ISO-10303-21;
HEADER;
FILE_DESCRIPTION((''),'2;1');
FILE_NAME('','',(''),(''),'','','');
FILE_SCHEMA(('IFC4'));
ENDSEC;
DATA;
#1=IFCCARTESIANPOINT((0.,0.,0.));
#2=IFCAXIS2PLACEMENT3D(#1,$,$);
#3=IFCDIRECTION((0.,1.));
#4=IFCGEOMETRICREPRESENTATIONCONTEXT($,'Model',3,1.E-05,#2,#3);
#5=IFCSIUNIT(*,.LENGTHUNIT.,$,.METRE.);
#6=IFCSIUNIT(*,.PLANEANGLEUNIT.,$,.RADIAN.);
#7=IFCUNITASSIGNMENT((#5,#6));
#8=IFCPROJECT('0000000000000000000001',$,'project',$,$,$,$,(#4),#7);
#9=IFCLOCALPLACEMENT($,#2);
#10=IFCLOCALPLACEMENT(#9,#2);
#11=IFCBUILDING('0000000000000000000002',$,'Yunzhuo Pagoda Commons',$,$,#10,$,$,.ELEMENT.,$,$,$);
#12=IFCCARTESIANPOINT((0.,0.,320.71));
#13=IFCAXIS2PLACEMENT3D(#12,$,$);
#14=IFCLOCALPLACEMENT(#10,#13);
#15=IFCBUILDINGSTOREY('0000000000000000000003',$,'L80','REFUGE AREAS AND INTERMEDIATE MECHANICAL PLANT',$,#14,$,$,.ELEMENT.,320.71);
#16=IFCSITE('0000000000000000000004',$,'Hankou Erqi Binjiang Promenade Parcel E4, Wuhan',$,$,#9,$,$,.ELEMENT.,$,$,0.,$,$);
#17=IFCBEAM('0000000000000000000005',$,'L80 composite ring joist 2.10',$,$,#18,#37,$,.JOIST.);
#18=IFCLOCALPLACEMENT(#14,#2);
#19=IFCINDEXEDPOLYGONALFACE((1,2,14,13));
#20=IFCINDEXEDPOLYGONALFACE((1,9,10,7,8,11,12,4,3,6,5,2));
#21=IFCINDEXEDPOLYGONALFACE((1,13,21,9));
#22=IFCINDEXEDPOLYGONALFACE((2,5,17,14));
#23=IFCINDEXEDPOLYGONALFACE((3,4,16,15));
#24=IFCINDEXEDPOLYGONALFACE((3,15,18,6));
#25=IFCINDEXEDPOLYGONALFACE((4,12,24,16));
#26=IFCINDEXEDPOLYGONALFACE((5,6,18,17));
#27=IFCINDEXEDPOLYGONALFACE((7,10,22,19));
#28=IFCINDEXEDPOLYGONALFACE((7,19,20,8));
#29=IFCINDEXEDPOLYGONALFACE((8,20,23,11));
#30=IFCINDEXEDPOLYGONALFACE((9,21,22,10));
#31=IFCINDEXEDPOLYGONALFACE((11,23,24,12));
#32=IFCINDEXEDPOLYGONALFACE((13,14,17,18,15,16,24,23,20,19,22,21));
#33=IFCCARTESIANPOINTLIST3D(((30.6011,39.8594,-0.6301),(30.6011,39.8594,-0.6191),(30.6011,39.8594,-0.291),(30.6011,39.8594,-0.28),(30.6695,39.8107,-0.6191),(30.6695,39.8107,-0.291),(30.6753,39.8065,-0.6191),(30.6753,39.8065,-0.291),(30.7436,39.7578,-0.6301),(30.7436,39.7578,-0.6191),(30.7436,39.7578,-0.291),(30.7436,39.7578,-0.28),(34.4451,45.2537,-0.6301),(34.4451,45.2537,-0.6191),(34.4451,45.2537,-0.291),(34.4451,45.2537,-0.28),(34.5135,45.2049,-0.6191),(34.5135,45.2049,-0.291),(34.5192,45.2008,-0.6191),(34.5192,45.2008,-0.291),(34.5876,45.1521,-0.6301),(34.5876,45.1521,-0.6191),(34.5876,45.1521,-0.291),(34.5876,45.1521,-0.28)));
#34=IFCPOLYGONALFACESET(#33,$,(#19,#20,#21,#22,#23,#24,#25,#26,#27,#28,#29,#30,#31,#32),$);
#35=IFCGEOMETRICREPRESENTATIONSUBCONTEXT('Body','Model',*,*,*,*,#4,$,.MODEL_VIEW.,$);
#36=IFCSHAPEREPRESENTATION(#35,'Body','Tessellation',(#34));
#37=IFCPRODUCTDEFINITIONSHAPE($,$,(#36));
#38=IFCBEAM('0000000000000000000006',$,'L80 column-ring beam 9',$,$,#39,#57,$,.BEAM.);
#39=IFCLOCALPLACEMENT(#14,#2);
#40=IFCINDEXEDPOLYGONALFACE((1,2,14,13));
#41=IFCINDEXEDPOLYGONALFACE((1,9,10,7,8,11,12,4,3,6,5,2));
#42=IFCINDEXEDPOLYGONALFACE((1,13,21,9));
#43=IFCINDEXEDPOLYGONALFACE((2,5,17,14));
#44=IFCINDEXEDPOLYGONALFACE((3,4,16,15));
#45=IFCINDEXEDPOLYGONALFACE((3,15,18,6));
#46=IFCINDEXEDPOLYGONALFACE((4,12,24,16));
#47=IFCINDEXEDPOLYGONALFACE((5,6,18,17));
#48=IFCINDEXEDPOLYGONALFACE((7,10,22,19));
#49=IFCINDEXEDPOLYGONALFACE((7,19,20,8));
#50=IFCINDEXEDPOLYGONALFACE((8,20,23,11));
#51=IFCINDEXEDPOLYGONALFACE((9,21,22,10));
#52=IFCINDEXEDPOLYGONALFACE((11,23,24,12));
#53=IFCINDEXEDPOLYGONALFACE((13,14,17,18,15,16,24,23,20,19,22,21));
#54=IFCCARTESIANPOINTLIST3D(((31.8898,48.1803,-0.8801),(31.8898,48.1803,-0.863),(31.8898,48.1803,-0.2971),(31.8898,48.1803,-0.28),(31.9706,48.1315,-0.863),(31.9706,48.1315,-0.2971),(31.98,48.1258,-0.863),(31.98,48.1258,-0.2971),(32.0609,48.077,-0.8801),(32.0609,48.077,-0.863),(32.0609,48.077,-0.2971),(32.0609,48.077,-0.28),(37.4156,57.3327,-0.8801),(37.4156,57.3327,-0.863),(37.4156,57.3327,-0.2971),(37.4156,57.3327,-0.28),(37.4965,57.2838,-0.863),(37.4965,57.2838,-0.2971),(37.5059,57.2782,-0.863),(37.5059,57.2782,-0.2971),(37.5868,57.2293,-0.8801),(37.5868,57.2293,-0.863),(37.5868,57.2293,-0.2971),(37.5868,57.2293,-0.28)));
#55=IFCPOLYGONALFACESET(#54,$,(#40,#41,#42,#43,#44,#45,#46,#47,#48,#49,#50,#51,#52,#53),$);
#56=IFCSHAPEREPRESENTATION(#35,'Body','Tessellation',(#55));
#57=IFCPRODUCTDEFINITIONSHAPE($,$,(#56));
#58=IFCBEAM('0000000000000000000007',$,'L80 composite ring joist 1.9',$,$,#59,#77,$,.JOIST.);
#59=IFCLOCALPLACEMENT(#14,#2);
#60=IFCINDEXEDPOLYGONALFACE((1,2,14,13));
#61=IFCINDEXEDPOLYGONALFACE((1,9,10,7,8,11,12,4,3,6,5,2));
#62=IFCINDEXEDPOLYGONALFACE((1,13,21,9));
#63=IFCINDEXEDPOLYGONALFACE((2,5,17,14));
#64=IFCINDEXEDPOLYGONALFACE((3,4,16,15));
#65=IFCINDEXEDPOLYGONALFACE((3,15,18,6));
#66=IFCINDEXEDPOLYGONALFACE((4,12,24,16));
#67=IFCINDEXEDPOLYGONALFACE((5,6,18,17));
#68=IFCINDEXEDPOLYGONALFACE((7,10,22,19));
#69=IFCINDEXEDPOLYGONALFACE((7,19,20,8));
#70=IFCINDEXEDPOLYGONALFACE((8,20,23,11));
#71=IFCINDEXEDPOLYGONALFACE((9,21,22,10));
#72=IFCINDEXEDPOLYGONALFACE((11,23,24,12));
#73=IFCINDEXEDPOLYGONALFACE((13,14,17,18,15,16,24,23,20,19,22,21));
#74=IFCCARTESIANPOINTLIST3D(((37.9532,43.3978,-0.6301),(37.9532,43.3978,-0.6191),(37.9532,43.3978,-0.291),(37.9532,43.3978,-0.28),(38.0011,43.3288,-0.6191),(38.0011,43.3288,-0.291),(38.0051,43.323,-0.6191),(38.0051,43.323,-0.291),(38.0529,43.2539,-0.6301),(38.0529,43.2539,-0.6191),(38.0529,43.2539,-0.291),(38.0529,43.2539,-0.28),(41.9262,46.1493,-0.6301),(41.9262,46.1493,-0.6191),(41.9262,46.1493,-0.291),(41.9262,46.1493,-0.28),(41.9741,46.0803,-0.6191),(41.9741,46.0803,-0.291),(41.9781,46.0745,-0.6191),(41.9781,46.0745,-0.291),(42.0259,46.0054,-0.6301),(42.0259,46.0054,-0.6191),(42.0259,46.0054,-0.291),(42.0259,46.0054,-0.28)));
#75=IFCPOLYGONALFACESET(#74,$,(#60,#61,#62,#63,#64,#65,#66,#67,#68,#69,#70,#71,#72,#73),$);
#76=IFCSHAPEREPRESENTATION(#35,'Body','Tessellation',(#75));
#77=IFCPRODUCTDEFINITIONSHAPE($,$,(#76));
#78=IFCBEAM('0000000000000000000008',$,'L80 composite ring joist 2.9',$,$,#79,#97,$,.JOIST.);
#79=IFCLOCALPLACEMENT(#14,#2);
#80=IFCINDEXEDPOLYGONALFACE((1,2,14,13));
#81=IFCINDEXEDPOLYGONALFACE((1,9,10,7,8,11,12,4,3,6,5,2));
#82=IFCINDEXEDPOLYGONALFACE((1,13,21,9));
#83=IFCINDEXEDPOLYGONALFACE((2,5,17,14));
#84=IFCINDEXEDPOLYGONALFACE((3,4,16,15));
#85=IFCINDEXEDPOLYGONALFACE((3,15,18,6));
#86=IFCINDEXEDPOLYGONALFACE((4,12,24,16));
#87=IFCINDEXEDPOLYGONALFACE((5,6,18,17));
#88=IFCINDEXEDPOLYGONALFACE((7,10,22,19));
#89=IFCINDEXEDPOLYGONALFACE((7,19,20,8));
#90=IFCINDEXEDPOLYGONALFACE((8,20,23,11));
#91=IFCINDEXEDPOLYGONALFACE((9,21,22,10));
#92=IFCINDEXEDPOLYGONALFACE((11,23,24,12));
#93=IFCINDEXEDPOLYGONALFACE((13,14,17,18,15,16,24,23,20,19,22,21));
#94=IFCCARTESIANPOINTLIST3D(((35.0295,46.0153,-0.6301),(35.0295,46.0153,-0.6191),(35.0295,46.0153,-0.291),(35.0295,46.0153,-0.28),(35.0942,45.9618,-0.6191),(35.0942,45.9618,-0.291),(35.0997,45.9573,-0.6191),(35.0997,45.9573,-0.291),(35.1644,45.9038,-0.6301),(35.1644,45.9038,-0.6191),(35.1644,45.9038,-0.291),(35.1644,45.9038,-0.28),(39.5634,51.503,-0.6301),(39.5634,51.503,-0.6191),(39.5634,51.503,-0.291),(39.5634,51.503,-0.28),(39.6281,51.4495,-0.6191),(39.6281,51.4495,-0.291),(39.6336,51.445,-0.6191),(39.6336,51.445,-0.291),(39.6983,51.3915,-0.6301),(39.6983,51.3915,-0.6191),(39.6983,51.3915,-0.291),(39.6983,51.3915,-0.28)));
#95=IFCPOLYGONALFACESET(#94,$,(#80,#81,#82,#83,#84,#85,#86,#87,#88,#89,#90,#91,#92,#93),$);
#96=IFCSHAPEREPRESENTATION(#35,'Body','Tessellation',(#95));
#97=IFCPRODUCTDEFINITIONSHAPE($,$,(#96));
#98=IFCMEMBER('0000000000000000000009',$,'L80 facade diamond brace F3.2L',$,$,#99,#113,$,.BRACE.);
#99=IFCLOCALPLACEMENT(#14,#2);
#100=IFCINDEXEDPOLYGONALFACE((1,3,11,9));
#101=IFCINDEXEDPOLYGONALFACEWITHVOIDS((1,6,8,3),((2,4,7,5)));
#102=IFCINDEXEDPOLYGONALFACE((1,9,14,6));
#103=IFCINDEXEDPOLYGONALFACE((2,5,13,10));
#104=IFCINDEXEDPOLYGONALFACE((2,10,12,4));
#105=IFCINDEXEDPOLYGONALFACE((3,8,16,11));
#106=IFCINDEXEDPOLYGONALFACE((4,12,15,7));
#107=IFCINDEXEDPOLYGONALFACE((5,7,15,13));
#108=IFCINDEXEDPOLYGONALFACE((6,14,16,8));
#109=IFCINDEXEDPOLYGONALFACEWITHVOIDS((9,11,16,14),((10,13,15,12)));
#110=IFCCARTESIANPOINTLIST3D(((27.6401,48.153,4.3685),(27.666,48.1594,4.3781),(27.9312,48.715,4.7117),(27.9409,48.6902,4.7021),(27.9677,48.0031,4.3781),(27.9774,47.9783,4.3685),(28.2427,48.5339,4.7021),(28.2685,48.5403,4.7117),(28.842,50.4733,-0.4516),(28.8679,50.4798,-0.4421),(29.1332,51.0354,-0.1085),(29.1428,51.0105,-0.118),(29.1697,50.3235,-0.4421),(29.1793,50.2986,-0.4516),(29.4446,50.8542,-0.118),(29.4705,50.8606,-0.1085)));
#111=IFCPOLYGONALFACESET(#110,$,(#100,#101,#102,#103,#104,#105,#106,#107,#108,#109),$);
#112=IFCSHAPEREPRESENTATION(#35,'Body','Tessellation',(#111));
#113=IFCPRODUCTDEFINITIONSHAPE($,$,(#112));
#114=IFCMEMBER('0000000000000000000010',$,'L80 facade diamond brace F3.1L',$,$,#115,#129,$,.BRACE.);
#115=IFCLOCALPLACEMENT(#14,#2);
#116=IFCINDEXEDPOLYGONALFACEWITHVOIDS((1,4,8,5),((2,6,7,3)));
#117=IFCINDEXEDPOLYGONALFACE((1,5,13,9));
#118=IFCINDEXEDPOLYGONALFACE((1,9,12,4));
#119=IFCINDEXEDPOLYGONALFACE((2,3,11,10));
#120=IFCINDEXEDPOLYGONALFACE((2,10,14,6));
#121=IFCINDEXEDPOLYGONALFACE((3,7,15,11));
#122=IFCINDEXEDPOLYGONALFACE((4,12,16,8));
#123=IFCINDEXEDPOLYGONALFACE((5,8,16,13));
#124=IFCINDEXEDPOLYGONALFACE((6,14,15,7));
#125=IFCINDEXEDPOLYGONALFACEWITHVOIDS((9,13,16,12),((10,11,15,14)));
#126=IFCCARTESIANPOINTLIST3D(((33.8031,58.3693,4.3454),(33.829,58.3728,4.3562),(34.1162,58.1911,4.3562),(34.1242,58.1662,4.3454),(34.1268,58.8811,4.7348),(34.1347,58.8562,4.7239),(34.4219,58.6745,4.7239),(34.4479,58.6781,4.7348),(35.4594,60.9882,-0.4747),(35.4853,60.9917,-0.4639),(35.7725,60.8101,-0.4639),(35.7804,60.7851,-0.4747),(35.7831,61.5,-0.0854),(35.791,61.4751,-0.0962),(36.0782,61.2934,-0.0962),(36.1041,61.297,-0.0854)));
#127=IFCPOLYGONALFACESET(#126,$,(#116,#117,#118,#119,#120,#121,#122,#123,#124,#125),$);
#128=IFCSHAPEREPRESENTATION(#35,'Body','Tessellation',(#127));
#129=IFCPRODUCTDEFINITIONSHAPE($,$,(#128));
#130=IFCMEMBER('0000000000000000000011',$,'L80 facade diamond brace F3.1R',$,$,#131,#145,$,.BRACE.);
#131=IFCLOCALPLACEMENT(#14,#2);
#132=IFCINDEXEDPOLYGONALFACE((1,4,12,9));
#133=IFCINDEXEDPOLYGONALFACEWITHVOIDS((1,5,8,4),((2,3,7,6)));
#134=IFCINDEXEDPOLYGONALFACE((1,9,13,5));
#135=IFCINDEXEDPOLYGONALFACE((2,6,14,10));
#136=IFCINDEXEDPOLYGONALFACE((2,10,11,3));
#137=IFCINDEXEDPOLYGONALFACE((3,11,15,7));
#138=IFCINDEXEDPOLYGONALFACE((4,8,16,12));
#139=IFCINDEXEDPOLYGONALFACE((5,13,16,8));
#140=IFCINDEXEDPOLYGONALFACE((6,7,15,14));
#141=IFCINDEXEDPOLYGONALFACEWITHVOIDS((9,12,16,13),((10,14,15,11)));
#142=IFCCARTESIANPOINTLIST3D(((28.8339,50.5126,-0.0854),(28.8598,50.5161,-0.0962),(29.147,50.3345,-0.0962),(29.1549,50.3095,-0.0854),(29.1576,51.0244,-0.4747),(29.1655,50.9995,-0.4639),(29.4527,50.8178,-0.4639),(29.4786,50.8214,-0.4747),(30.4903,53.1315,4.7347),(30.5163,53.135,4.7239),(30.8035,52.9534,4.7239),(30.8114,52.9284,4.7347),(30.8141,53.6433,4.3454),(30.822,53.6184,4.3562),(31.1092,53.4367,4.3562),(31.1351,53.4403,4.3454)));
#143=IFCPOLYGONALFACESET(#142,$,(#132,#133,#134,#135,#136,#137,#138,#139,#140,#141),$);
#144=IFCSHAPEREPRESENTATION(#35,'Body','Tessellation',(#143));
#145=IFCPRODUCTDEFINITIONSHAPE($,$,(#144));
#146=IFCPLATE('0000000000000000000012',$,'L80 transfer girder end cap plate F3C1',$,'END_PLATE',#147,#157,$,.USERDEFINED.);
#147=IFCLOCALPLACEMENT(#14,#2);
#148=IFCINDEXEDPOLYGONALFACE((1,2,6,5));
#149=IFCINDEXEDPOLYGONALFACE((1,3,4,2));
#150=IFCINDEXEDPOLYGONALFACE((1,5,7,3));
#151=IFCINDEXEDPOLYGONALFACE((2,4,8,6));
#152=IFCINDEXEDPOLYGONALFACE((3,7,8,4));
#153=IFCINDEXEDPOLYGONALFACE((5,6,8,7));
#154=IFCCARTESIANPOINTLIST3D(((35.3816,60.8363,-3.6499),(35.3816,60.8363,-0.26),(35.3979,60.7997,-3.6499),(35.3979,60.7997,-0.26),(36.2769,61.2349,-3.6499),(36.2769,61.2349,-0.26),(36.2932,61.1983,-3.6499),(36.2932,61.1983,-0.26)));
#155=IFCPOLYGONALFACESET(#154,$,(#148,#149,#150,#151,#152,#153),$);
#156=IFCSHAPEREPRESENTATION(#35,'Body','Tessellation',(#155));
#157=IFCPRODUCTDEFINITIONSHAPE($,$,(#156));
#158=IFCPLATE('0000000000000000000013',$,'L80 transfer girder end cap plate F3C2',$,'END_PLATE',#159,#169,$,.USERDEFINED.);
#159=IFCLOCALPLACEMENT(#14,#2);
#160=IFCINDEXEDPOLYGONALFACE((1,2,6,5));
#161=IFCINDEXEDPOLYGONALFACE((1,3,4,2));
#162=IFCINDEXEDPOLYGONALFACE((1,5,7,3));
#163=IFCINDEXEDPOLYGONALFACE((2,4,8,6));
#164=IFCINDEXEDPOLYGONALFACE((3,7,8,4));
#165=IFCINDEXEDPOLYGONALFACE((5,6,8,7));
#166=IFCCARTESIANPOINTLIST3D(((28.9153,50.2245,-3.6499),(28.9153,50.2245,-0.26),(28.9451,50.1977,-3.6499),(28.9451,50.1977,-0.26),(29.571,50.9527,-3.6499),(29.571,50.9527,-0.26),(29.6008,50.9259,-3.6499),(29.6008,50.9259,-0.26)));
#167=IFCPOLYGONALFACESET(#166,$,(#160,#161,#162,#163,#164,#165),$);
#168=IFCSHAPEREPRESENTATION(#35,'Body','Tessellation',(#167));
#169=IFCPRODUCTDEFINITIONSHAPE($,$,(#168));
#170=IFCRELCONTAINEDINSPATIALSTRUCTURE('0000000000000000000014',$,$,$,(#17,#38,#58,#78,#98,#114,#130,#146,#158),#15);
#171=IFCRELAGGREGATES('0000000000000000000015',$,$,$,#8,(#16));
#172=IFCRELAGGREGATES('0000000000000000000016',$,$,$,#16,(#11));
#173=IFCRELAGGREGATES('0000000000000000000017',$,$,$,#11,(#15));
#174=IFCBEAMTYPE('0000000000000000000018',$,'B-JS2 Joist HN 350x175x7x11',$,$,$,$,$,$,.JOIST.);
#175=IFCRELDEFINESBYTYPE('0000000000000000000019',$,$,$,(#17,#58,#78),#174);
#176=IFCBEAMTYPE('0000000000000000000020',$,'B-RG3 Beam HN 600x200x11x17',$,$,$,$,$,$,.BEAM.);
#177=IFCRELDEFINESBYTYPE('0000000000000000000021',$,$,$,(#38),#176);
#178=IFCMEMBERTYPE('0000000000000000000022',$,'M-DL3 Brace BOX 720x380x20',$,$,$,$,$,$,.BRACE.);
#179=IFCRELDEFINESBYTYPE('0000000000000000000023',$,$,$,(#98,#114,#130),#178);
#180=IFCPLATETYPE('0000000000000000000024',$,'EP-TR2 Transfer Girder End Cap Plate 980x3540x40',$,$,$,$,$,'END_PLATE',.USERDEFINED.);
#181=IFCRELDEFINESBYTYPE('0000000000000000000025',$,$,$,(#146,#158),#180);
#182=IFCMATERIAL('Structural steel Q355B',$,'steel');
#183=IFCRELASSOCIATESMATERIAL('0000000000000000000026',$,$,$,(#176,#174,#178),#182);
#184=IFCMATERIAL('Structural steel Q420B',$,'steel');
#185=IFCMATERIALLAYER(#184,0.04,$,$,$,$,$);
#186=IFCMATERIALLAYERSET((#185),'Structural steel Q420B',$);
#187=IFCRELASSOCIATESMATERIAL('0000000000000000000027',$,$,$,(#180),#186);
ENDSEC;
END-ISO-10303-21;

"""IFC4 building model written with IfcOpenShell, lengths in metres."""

from ifc_helpers import new_model, si_unit, direction, frame, origin, origin_2d, place, context, subcontext, project, spatial, rectangle, hollow_rectangle, i_section, extrude, source, transform, mapped, material, layer, layer_set, material_profile, profile_set, type_object, element, save


model = new_model("IFC4")

# Units and contexts
model_context = context("Model", 3, precision=1e-05, world=origin(), true_north=direction((0.0, 1.0)))
body_context = subcontext(model_context, "Body", "Model", "MODEL_VIEW")
ifc_project = project(units=[si_unit("LENGTHUNIT", "METRE"), si_unit("PLANEANGLEUNIT", "RADIAN")], contexts=[model_context])

# Site, building, storey
site_placement = place(None, origin())
site = spatial("IfcSite", under=ifc_project, at=site_placement, Name="Hankou Erqi Binjiang Promenade Parcel E4, Wuhan", CompositionType="ELEMENT", RefElevation=0.0)
building_placement = place(site_placement, origin())
building = spatial("IfcBuilding", under=site, at=building_placement, Name="Yunzhuo Pagoda Commons", CompositionType="ELEMENT")
storey_placement = place(building_placement, frame((0.0, 0.0, 320.71)))
storey = spatial("IfcBuildingStorey", under=building, at=storey_placement, Name="L80", Description="REFUGE AREAS AND INTERMEDIATE MECHANICAL PLANT", CompositionType="ELEMENT", Elevation=320.71)

# Shared definitions
ifc_material_1 = material(Name="Structural steel Q355B", Category="steel")

# Beams
ifc_material_2 = material(Name="Structural steel Q420B", Category="steel")
ifc_material_profile_1 = material_profile(ifc_material_1, i_section(OverallWidth=0.2, OverallDepth=0.6001, WebThickness=0.011, FlangeThickness=0.0171, at=origin_2d()), Name="Structural steel Q355B")
ifc_profile_set_1 = profile_set([ifc_material_profile_1], Name="Structural steel Q355B")
beam_type_1 = type_object("IfcBeamType", Name="B-RG3 Beam HN 600x200x11x17", PredefinedType="BEAM", material=ifc_profile_set_1)
ifc_material_profile_2 = material_profile(ifc_material_1, i_section(OverallWidth=0.175, OverallDepth=0.3501, WebThickness=0.0071, FlangeThickness=0.011, at=origin_2d()), Name="Structural steel Q355B")
ifc_profile_set_2 = profile_set([ifc_material_profile_2], Name="Structural steel Q355B")
beam_type_2 = type_object("IfcBeamType", Name="B-JS2 Joist HN 350x175x7x11", PredefinedType="JOIST", material=ifc_profile_set_2)
shared_shape_1 = source(origin(), body_context, "Body", "SweptSolid", [
    extrude(i_section(OverallWidth=0.175, OverallDepth=0.3501, WebThickness=0.0071, FlangeThickness=0.011, at=origin_2d()), origin(), (0.0, 0.0, 1.0), 6.6238),
])
beam_1_placement = place(storey_placement, frame((34.5164, 45.2029, -0.4551), z_axis=(-0.580331, -0.81438, 0.0), x_axis=(0.81438, -0.580331, 0.0)))
element("IfcBeam", 1, at=beam_1_placement, inside=storey, type_object=beam_type_2, Name="L80 composite ring joist 2.10", PredefinedType="JOIST", context=body_context, shape_type="MappedRepresentation", body=[
    mapped(shared_shape_1, transform((0.0, 0.0, 0.0), scale=1.0)),
])
shared_shape_2 = source(origin(), body_context, "Body", "SweptSolid", [
    extrude(i_section(OverallWidth=0.2, OverallDepth=0.6001, WebThickness=0.011, FlangeThickness=0.0171, at=origin_2d()), origin(), (0.0, 0.0, 1.0), 10.6912),
])
beam_2_placement = place(storey_placement, frame((37.5012, 57.281, -0.5801), z_axis=(-0.516865, -0.856067, 0.0), x_axis=(0.856067, -0.516865, 0.0)))
element("IfcBeam", 2, at=beam_2_placement, inside=storey, type_object=beam_type_1, Name="L80 column-ring beam 9", PredefinedType="BEAM", context=body_context, shape_type="MappedRepresentation", body=[
    mapped(shared_shape_2, transform((0.0, 0.0, 0.0), scale=1.0)),
])
shared_shape_3 = source(origin(), body_context, "Body", "SweptSolid", [
    extrude(i_section(OverallWidth=0.175, OverallDepth=0.3501, WebThickness=0.0071, FlangeThickness=0.011, at=origin_2d()), origin(), (0.0, 0.0, 1.0), 4.8328),
])
beam_3_placement = place(storey_placement, frame((41.9761, 46.0774, -0.4551), z_axis=(-0.822096, -0.569349, 0.0), x_axis=(0.569349, -0.822096, 0.0)))
element("IfcBeam", 3, at=beam_3_placement, inside=storey, type_object=beam_type_2, Name="L80 composite ring joist 1.9", PredefinedType="JOIST", context=body_context, shape_type="MappedRepresentation", body=[
    mapped(shared_shape_3, transform((0.0, 0.0, 0.0), scale=1.0)),
])
shared_shape_4 = source(origin(), body_context, "Body", "SweptSolid", [
    extrude(i_section(OverallWidth=0.175, OverallDepth=0.3501, WebThickness=0.0071, FlangeThickness=0.011, at=origin_2d()), origin(), (0.0, 0.0, 1.0), 7.1184),
])
beam_4_placement = place(storey_placement, frame((39.6309, 51.4473, -0.4551), z_axis=(-0.636927, -0.770924, 0.0), x_axis=(0.770924, -0.636927, 0.0)))
element("IfcBeam", 4, at=beam_4_placement, inside=storey, type_object=beam_type_2, Name="L80 composite ring joist 2.9", PredefinedType="JOIST", context=body_context, shape_type="MappedRepresentation", body=[
    mapped(shared_shape_4, transform((0.0, 0.0, 0.0), scale=1.0)),
])

# Members
ifc_material_profile_3 = material_profile(ifc_material_1, hollow_rectangle(XDim=0.3799, YDim=0.72, WallThickness=0.02, at=origin_2d()), Name="Structural steel Q355B")
ifc_profile_set_3 = profile_set([ifc_material_profile_3], Name="Structural steel Q355B")
member_type = type_object("IfcMemberType", Name="M-DL3 Brace BOX 720x380x20", PredefinedType="BRACE", material=ifc_profile_set_3)
shared_shape_5 = source(origin(), body_context, "Body", "SweptSolid", [
    extrude(hollow_rectangle(XDim=0.3799, YDim=0.72, WallThickness=0.02, at=origin_2d()), origin(), (0.0, 0.0, 1.0), 5.4829),
])
member_placement = place(storey_placement, frame((29.1562, 50.667, -0.28), z_axis=(-0.219212, -0.423196, 0.87912), x_axis=(0.887945, -0.459949, 0.0)))
element("IfcMember", 5, at=member_placement, inside=storey, type_object=member_type, Name="L80 facade diamond brace F3.2L", PredefinedType="BRACE", context=body_context, shape_type="MappedRepresentation", body=[
    mapped(shared_shape_5, transform((0.0, 0.0, 0.0), scale=1.0)),
])
shared_shape_6 = source(origin(), body_context, "Body", "SweptSolid", [
    extrude(hollow_rectangle(XDim=0.3799, YDim=0.72, WallThickness=0.02, at=origin_2d()), origin(), (0.0, 0.0, 1.0), 5.7302),
])
for number, where, z_axis, x_axis, name in (
    (6, (35.7817, 61.1426, -0.28), (-0.28904, -0.457036, 0.841174), (0.845167, -0.534503, 0.0), "L80 facade diamond brace F3.1L"),
    (7, (29.1562, 50.667, -0.28), (0.289079, 0.457031, 0.841163), (-0.845131, 0.534559, 0.0), "L80 facade diamond brace F3.1R"),
):
    element("IfcMember", number, at=place(storey_placement, frame(where, z_axis=z_axis, x_axis=x_axis)), inside=storey, type_object=member_type, Name=name, PredefinedType="BRACE", context=body_context, shape_type="MappedRepresentation", body=[
        mapped(shared_shape_6, transform((0.0, 0.0, 0.0), scale=1.0)),
    ])

# Plates
ifc_layer_1 = layer(ifc_material_2, 0.04)
ifc_layer_set_1 = layer_set([ifc_layer_1], Name="Structural steel Q420B")
plate_type_1 = type_object("IfcPlateType", Name="EP-TR2 Transfer Girder End Cap Plate 980x3540x40", ElementType="END_PLATE", PredefinedType="USERDEFINED", material=ifc_layer_set_1)
shared_shape_7 = source(origin(), body_context, "Body", "SweptSolid", [
    extrude(rectangle(XDim=0.98, YDim=0.04, at=origin_2d()), origin(), (0.0, 0.0, 1.0), 3.3899),
])
for number, where, z_axis, x_axis, name in (
    (8, (35.8374, 61.0173, -3.6499), (0.0, 0.0, 1.0), (-0.913545, -0.406737, 0.0), "L80 transfer girder end cap plate F3C1"),
    (9, (29.2581, 50.5752, -3.6499), (0.0, 0.0, 1.0), (-0.669131, -0.743145, 0.0), "L80 transfer girder end cap plate F3C2"),
):
    element("IfcPlate", number, at=place(storey_placement, frame(where, z_axis=z_axis, x_axis=x_axis)), inside=storey, type_object=plate_type_1, Name=name, ObjectType="END_PLATE", PredefinedType="USERDEFINED", context=body_context, shape_type="MappedRepresentation", body=[
        mapped(shared_shape_7, transform((0.0, 0.0, 0.0), scale=1.0)),
    ])

save(model, "model.ifc")
